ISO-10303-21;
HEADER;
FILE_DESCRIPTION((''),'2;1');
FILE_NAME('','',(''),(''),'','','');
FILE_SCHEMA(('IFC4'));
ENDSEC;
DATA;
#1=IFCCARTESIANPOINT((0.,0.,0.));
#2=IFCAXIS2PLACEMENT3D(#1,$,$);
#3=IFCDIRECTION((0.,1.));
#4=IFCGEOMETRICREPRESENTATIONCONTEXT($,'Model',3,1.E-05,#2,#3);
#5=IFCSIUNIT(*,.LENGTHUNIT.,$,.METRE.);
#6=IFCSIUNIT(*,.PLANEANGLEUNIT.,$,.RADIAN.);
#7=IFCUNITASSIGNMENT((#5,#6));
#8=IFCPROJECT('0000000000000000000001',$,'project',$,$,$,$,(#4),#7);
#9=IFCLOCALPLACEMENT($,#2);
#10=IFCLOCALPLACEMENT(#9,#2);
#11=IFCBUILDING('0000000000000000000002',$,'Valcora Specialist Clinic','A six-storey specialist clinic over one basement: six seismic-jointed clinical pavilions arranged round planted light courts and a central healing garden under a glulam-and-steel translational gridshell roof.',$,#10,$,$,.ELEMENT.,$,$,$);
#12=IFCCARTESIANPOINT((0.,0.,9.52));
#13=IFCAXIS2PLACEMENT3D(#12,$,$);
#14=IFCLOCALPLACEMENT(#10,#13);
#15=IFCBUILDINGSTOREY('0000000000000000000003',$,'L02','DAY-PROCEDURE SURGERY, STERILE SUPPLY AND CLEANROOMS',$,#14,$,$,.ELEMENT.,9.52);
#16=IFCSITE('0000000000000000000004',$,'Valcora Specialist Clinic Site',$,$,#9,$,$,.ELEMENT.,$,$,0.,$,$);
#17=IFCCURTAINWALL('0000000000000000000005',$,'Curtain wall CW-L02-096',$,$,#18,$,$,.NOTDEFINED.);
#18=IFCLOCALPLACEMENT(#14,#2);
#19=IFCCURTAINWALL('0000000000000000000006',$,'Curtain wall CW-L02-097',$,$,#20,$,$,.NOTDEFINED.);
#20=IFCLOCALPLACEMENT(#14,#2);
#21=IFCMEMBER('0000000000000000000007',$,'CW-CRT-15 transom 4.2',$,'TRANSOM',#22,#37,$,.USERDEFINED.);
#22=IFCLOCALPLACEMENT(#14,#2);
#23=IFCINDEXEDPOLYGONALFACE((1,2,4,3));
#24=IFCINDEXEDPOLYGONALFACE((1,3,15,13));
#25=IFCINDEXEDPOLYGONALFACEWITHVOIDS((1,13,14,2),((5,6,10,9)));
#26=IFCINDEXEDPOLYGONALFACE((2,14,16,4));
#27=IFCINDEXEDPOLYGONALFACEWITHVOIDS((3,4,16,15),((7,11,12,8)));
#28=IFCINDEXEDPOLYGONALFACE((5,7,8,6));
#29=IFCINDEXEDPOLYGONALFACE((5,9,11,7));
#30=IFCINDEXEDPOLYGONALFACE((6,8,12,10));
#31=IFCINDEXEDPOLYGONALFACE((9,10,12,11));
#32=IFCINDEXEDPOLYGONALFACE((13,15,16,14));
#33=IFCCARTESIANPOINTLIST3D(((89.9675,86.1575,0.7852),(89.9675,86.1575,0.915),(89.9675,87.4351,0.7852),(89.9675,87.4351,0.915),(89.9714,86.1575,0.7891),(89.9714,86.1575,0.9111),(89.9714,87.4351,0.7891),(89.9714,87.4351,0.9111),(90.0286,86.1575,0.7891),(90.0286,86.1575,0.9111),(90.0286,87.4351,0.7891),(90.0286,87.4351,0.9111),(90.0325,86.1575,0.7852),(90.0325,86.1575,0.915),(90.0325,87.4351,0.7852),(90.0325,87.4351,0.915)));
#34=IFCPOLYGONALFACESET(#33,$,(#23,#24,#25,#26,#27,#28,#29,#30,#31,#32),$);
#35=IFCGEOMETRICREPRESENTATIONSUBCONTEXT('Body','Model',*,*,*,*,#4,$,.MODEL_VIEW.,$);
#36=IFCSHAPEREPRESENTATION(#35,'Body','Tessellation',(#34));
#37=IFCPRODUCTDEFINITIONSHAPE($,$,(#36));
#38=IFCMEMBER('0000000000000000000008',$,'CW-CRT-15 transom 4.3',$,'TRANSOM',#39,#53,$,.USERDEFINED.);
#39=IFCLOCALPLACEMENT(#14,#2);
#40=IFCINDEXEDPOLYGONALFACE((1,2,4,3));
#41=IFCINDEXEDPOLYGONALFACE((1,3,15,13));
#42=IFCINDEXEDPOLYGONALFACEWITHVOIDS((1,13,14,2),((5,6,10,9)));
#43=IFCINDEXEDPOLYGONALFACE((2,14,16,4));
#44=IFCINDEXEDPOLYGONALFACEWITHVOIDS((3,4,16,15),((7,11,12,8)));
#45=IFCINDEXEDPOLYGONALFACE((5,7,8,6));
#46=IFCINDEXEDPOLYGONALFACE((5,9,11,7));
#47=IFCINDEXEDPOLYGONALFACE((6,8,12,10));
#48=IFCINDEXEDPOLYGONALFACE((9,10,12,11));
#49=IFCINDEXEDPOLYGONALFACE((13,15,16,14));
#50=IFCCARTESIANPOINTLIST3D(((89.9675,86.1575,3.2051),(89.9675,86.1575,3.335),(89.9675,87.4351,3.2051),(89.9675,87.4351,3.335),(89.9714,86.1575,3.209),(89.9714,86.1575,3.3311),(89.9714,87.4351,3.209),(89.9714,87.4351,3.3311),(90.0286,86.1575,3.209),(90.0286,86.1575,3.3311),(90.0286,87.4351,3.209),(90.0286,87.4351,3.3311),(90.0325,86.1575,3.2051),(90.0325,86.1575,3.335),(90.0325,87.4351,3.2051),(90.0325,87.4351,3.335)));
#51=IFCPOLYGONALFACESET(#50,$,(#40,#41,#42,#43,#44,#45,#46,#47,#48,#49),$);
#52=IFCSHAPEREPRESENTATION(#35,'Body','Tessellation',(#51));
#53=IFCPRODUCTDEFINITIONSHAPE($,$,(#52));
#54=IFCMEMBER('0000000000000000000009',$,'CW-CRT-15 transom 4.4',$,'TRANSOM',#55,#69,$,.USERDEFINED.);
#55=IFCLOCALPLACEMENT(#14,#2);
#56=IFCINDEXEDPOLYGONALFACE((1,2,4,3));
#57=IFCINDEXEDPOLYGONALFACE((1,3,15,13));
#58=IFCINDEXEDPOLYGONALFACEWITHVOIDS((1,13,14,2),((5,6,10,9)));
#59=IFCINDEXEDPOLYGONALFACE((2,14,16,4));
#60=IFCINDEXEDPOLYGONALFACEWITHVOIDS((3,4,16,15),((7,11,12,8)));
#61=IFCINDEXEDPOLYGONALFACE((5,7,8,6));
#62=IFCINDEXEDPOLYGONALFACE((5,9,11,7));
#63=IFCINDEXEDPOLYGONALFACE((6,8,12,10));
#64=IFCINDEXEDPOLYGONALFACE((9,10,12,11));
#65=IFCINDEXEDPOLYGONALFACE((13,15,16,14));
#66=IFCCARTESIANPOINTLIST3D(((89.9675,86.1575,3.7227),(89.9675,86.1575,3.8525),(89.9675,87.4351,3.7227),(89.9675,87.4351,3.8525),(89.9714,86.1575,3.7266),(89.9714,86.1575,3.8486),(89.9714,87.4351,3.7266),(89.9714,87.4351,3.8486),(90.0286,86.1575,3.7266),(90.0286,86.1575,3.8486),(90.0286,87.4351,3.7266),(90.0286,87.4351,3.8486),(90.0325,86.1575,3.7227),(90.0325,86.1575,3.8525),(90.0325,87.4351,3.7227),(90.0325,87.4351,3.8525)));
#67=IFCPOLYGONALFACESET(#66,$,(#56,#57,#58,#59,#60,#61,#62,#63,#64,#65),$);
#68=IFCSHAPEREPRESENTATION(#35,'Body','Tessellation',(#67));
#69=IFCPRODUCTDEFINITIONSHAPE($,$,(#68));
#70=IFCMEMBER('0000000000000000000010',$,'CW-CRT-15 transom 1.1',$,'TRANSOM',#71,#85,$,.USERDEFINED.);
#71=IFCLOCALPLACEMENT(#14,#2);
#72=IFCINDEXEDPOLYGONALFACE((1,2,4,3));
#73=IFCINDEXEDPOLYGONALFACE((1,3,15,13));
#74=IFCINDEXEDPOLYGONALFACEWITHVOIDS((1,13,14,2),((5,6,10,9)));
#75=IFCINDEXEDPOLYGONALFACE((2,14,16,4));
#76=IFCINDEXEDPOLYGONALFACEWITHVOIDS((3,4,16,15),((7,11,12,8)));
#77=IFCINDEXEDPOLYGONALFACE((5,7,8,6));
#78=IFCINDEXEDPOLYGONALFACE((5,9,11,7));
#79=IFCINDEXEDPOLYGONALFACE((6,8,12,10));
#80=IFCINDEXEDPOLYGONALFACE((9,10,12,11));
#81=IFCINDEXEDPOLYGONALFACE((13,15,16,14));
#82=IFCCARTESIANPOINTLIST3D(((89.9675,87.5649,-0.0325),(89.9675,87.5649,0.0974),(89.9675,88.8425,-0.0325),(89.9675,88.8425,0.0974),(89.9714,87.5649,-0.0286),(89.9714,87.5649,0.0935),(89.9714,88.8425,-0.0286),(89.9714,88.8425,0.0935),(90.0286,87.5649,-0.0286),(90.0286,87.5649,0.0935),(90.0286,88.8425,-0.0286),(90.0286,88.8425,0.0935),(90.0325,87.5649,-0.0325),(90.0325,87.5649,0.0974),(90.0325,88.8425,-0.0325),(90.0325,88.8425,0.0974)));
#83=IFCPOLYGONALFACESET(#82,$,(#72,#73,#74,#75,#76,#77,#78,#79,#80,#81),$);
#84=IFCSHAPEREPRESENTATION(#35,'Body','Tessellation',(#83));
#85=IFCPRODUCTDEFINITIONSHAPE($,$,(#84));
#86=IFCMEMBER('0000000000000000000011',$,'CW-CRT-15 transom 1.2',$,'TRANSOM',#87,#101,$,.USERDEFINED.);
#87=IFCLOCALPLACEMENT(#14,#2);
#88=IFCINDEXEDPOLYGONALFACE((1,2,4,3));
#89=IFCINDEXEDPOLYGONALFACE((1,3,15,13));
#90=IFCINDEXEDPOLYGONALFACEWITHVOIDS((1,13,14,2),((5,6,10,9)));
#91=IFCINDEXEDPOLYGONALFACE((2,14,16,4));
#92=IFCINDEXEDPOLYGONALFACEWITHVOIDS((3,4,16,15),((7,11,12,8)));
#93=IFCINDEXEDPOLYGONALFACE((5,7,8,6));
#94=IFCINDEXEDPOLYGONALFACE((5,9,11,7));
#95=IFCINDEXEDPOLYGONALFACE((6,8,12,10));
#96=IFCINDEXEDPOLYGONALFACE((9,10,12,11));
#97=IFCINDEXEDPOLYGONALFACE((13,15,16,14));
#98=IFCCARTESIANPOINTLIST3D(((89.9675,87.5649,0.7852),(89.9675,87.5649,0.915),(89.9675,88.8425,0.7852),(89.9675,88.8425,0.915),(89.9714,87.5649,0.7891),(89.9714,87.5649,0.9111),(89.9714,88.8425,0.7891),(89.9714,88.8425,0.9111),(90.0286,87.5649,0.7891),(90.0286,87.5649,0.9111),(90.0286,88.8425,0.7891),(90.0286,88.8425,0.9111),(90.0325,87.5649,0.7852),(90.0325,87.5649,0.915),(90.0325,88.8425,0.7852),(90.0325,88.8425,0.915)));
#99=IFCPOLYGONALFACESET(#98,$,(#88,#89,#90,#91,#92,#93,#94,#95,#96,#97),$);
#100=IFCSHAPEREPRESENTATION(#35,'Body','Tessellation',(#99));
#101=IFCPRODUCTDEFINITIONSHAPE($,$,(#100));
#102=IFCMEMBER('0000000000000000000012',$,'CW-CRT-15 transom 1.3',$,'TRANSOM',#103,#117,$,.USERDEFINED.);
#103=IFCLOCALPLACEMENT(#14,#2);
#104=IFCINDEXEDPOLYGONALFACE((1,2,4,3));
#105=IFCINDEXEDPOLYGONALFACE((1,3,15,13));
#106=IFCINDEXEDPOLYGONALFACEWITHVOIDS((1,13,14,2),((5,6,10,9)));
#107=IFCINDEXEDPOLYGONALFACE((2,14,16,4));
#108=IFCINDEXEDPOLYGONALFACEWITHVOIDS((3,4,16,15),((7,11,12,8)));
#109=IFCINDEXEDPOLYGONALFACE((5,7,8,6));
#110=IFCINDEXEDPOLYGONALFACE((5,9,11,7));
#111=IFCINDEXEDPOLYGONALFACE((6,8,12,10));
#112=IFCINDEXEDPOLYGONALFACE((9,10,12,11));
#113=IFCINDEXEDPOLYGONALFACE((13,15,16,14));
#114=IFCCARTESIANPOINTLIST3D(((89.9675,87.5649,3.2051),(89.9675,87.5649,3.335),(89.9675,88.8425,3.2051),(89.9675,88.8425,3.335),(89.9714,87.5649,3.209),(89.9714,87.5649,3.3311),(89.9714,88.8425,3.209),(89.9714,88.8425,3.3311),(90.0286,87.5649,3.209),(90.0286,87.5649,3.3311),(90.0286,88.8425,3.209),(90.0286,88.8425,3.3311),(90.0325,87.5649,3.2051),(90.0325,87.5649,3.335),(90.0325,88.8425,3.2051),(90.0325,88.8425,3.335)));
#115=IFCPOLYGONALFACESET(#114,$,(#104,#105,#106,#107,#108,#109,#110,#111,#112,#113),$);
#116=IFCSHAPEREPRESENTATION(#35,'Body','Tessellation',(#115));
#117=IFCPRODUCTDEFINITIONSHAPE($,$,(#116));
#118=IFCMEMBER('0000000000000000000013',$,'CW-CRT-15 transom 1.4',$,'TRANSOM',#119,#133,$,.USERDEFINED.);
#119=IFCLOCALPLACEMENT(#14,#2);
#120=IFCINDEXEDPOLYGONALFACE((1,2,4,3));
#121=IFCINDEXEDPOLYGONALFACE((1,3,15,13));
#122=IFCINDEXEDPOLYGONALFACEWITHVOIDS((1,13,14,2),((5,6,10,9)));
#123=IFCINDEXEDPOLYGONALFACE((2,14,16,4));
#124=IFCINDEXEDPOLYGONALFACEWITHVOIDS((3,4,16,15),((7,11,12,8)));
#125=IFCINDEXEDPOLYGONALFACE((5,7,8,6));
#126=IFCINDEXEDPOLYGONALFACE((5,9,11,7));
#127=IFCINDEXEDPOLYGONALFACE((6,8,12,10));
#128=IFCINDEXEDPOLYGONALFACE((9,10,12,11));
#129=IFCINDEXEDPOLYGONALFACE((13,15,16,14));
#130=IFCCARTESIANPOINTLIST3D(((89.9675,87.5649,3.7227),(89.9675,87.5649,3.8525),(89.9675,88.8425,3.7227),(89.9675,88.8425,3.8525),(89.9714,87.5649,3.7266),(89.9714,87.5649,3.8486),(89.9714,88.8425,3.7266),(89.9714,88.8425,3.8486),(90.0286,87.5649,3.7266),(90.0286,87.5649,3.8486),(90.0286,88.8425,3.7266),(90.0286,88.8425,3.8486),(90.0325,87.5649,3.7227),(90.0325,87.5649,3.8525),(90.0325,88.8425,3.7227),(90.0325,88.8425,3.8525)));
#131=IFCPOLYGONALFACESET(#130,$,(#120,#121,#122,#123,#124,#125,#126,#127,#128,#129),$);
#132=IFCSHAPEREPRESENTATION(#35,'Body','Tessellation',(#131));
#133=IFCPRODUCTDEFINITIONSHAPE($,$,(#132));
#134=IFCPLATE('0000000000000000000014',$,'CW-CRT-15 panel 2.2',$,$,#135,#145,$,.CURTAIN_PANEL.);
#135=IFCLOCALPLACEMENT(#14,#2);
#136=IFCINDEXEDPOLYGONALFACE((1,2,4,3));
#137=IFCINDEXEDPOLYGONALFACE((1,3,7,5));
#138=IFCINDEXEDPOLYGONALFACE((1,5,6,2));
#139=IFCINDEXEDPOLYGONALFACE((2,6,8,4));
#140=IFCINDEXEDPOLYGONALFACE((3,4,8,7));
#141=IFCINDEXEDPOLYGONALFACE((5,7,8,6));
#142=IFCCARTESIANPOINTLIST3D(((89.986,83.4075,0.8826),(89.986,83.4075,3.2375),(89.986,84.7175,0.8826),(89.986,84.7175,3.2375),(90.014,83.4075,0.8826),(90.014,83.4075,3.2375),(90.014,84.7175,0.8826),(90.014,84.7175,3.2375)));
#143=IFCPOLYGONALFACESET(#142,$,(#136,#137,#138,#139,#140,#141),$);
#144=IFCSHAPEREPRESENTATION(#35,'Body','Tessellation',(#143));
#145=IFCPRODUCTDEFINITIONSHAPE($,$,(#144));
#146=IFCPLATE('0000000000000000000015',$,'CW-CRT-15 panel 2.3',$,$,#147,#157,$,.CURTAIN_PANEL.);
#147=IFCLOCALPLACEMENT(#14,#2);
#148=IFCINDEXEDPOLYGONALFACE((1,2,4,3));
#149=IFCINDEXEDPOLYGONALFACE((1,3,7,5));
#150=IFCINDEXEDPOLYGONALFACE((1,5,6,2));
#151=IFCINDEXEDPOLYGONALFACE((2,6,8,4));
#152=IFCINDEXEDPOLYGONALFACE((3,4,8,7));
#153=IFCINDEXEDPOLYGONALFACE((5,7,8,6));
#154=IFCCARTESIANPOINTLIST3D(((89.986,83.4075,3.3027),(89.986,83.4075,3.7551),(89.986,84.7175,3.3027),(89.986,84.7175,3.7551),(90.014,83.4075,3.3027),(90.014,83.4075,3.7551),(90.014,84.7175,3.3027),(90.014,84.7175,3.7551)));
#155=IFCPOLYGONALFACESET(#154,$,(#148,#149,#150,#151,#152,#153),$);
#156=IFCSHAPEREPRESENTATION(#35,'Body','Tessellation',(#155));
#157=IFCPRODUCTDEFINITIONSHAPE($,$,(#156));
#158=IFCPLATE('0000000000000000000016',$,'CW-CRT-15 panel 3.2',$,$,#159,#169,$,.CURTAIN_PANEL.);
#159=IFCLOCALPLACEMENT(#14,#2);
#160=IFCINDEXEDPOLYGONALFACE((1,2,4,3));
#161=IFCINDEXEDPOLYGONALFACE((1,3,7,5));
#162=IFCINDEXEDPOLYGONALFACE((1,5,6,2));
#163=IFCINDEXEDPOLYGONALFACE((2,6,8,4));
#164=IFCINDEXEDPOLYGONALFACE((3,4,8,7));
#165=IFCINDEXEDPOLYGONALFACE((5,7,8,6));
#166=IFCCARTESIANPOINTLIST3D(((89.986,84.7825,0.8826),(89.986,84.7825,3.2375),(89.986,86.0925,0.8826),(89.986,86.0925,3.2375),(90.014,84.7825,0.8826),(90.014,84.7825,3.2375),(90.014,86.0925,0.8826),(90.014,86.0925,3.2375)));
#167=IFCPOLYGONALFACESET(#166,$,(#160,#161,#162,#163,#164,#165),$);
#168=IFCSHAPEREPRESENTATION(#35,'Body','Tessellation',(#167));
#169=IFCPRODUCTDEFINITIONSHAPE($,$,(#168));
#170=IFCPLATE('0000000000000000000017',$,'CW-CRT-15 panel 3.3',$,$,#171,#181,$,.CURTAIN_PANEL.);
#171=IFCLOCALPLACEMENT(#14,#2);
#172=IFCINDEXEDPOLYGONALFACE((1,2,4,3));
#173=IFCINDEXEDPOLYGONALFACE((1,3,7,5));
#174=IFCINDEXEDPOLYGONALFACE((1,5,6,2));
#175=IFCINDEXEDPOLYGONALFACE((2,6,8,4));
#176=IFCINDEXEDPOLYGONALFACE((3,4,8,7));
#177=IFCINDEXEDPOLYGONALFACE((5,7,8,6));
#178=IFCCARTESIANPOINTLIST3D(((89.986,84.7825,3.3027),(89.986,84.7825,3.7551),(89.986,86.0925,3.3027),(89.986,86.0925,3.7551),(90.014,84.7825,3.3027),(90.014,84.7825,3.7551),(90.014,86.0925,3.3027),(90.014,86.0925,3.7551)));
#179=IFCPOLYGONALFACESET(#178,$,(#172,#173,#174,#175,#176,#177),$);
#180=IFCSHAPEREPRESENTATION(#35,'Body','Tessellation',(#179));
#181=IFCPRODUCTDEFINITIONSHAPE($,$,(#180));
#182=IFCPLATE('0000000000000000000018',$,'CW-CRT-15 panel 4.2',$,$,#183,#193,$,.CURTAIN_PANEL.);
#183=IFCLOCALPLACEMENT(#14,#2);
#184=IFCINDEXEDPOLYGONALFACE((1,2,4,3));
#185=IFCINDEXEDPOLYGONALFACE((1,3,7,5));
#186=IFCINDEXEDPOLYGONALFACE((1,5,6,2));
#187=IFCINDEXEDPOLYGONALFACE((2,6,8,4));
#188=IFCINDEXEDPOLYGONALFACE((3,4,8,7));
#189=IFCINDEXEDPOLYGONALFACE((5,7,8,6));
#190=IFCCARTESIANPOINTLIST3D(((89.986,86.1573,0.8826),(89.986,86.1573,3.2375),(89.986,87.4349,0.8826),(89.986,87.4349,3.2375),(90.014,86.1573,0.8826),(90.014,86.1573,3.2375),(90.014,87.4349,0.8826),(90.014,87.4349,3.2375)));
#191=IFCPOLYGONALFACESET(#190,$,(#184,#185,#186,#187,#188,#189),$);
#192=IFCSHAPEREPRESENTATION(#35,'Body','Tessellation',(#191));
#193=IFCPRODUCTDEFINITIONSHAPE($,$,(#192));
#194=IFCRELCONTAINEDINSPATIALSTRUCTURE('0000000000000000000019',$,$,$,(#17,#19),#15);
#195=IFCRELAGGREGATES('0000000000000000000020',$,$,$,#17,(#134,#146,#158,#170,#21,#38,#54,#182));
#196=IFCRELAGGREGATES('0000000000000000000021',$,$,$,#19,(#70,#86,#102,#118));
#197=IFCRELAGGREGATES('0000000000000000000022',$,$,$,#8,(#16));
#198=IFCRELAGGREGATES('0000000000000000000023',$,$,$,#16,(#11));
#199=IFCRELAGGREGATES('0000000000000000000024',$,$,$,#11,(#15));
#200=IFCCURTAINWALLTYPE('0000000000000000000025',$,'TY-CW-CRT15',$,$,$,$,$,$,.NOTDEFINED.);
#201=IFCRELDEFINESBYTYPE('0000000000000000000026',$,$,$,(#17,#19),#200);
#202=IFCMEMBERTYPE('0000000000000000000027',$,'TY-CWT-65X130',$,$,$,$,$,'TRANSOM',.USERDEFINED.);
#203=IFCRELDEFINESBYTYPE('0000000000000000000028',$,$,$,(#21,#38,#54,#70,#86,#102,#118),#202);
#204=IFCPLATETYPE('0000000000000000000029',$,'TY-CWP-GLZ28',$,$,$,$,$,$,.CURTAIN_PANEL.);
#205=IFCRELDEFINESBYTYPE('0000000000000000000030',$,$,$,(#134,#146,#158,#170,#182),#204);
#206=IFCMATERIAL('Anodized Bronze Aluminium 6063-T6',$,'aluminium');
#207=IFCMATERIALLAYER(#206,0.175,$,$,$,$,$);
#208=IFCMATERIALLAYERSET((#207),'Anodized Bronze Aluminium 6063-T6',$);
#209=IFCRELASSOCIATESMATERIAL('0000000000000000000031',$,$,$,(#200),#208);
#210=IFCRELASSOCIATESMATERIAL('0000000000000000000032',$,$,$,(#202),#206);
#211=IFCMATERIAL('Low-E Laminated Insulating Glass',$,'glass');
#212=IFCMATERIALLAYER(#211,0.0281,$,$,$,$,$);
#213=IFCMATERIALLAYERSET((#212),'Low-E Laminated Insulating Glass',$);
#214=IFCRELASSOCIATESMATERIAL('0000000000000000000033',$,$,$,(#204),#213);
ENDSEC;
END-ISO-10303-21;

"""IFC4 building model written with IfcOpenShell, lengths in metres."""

from ifc_helpers import new_model, si_unit, direction, frame, origin, origin_2d, place, context, subcontext, project, spatial, rectangle, hollow_rectangle, extrude, material, layer, layer_set, material_profile, profile_set, type_object, element, aggregate, save


model = new_model("IFC4")

# Units and contexts
model_context = context("Model", 3, precision=1e-05, world=origin(), true_north=direction((0.0, 1.0)))
body_context = subcontext(model_context, "Body", "Model", "MODEL_VIEW")
ifc_project = project(units=[si_unit("LENGTHUNIT", "METRE"), si_unit("PLANEANGLEUNIT", "RADIAN")], contexts=[model_context])

# Site, building, storey
site_placement = place(None, origin())
site = spatial("IfcSite", under=ifc_project, at=site_placement, Name="Valcora Specialist Clinic Site", CompositionType="ELEMENT", RefElevation=0.0)
building_placement = place(site_placement, origin())
building = spatial("IfcBuilding", under=site, at=building_placement, Name="Valcora Specialist Clinic", Description="A six-storey specialist clinic over one basement: six seismic-jointed clinical pavilions arranged round planted light courts and a central healing garden under a glulam-and-steel translational gridshell roof.", CompositionType="ELEMENT")
storey_placement = place(building_placement, frame((0.0, 0.0, 9.52)))
storey = spatial("IfcBuildingStorey", under=building, at=storey_placement, Name="L02", Description="DAY-PROCEDURE SURGERY, STERILE SUPPLY AND CLEANROOMS", CompositionType="ELEMENT", Elevation=9.52)

# Curtain wall
ifc_material_1 = material(Name="Anodized Bronze Aluminium 6063-T6", Category="aluminium")
ifc_layer_1 = layer(ifc_material_1, 0.175)
ifc_layer_set_1 = layer_set([ifc_layer_1], Name="Anodized Bronze Aluminium 6063-T6")
curtain_wall_type = type_object("IfcCurtainWallType", Name="TY-CW-CRT15", PredefinedType="NOTDEFINED", material=ifc_layer_set_1)
curtain_wall_1_placement = place(storey_placement, origin())
curtain_wall_1 = element("IfcCurtainWall", 1, at=curtain_wall_1_placement, inside=storey, type_object=curtain_wall_type, Name="Curtain wall CW-L02-096", PredefinedType="NOTDEFINED")

# Curtain wall
curtain_wall_2_placement = place(storey_placement, origin())
curtain_wall_2 = element("IfcCurtainWall", 2, at=curtain_wall_2_placement, inside=storey, type_object=curtain_wall_type, Name="Curtain wall CW-L02-097", PredefinedType="NOTDEFINED")

# Members
ifc_material_profile_1 = material_profile(ifc_material_1, hollow_rectangle(XDim=0.0649, YDim=0.1299, WallThickness=0.0039, at=origin_2d()), Name="AL-TRN-65X130")
ifc_profile_set_1 = profile_set([ifc_material_profile_1], Name="Anodized Bronze Aluminium 6063-T6")
member_type_1 = type_object("IfcMemberType", Name="TY-CWT-65X130", ElementType="TRANSOM", PredefinedType="USERDEFINED", material=ifc_profile_set_1)
member_1_placement = place(storey_placement, frame((90.0, 86.1575, 0.8501), z_axis=(0.0, 1.0, 0.0), x_axis=(-1.0, 0.0, 0.0)))
member_1 = element("IfcMember", 3, at=member_1_placement, type_object=member_type_1, Name="CW-CRT-15 transom 4.2", ObjectType="TRANSOM", PredefinedType="USERDEFINED", context=body_context, shape_type="SweptSolid", body=[
    extrude(hollow_rectangle(XDim=0.0649, YDim=0.1299, WallThickness=0.0039, at=origin_2d()), origin(), (0.0, 0.0, 1.0), 1.2776),
])
member_2_placement = place(storey_placement, frame((90.0, 86.1575, 3.27), z_axis=(0.0, 1.0, 0.0), x_axis=(-1.0, 0.0, 0.0)))
member_2 = element("IfcMember", 4, at=member_2_placement, type_object=member_type_1, Name="CW-CRT-15 transom 4.3", ObjectType="TRANSOM", PredefinedType="USERDEFINED", context=body_context, shape_type="SweptSolid", body=[
    extrude(hollow_rectangle(XDim=0.0649, YDim=0.1299, WallThickness=0.0039, at=origin_2d()), origin(), (0.0, 0.0, 1.0), 1.2776),
])
member_3_placement = place(storey_placement, frame((90.0, 86.1575, 3.7876), z_axis=(0.0, 1.0, 0.0), x_axis=(-1.0, 0.0, 0.0)))
member_3 = element("IfcMember", 5, at=member_3_placement, type_object=member_type_1, Name="CW-CRT-15 transom 4.4", ObjectType="TRANSOM", PredefinedType="USERDEFINED", context=body_context, shape_type="SweptSolid", body=[
    extrude(hollow_rectangle(XDim=0.0649, YDim=0.1299, WallThickness=0.0039, at=origin_2d()), origin(), (0.0, 0.0, 1.0), 1.2776),
])
member_4_placement = place(storey_placement, frame((90.0, 87.5649, 0.0325), z_axis=(0.0, 1.0, 0.0), x_axis=(-1.0, 0.0, 0.0)))
member_4 = element("IfcMember", 6, at=member_4_placement, type_object=member_type_1, Name="CW-CRT-15 transom 1.1", ObjectType="TRANSOM", PredefinedType="USERDEFINED", context=body_context, shape_type="SweptSolid", body=[
    extrude(hollow_rectangle(XDim=0.0649, YDim=0.1299, WallThickness=0.0039, at=origin_2d()), origin(), (0.0, 0.0, 1.0), 1.2776),
])
member_5_placement = place(storey_placement, frame((90.0, 87.5649, 0.8501), z_axis=(0.0, 1.0, 0.0), x_axis=(-1.0, 0.0, 0.0)))
member_5 = element("IfcMember", 7, at=member_5_placement, type_object=member_type_1, Name="CW-CRT-15 transom 1.2", ObjectType="TRANSOM", PredefinedType="USERDEFINED", context=body_context, shape_type="SweptSolid", body=[
    extrude(hollow_rectangle(XDim=0.0649, YDim=0.1299, WallThickness=0.0039, at=origin_2d()), origin(), (0.0, 0.0, 1.0), 1.2776),
])
member_6_placement = place(storey_placement, frame((90.0, 87.5649, 3.27), z_axis=(0.0, 1.0, 0.0), x_axis=(-1.0, 0.0, 0.0)))
member_6 = element("IfcMember", 8, at=member_6_placement, type_object=member_type_1, Name="CW-CRT-15 transom 1.3", ObjectType="TRANSOM", PredefinedType="USERDEFINED", context=body_context, shape_type="SweptSolid", body=[
    extrude(hollow_rectangle(XDim=0.0649, YDim=0.1299, WallThickness=0.0039, at=origin_2d()), origin(), (0.0, 0.0, 1.0), 1.2776),
])
member_7_placement = place(storey_placement, frame((90.0, 87.5649, 3.7876), z_axis=(0.0, 1.0, 0.0), x_axis=(-1.0, 0.0, 0.0)))
member_7 = element("IfcMember", 9, at=member_7_placement, type_object=member_type_1, Name="CW-CRT-15 transom 1.4", ObjectType="TRANSOM", PredefinedType="USERDEFINED", context=body_context, shape_type="SweptSolid", body=[
    extrude(hollow_rectangle(XDim=0.0649, YDim=0.1299, WallThickness=0.0039, at=origin_2d()), origin(), (0.0, 0.0, 1.0), 1.2776),
])

# Plates
ifc_material_2 = material(Name="Low-E Laminated Insulating Glass", Category="glass")
ifc_layer_2 = layer(ifc_material_2, 0.0281)
ifc_layer_set_2 = layer_set([ifc_layer_2], Name="Low-E Laminated Insulating Glass")
plate_type_1 = type_object("IfcPlateType", Name="TY-CWP-GLZ28", PredefinedType="CURTAIN_PANEL", material=ifc_layer_set_2)
plate_1_placement = place(storey_placement, frame((90.0, 84.0625, 0.8826), z_axis=(0.0, 0.0, 1.0), x_axis=(0.0, 1.0, 0.0)))
plate_1 = element("IfcPlate", 10, at=plate_1_placement, type_object=plate_type_1, Name="CW-CRT-15 panel 2.2", PredefinedType="CURTAIN_PANEL", context=body_context, shape_type="SweptSolid", body=[
    extrude(rectangle(XDim=1.3101, YDim=0.0281, at=origin_2d()), origin(), (0.0, 0.0, 1.0), 2.355),
])
plate_2_placement = place(storey_placement, frame((90.0, 84.0625, 3.3027), z_axis=(0.0, 0.0, 1.0), x_axis=(0.0, 1.0, 0.0)))
plate_2 = element("IfcPlate", 11, at=plate_2_placement, type_object=plate_type_1, Name="CW-CRT-15 panel 2.3", PredefinedType="CURTAIN_PANEL", context=body_context, shape_type="SweptSolid", body=[
    extrude(rectangle(XDim=1.3101, YDim=0.0281, at=origin_2d()), origin(), (0.0, 0.0, 1.0), 0.4524),
])
plate_3_placement = place(storey_placement, frame((90.0, 85.4375, 0.8826), z_axis=(0.0, 0.0, 1.0), x_axis=(0.0, 1.0, 0.0)))
plate_3 = element("IfcPlate", 12, at=plate_3_placement, type_object=plate_type_1, Name="CW-CRT-15 panel 3.2", PredefinedType="CURTAIN_PANEL", context=body_context, shape_type="SweptSolid", body=[
    extrude(rectangle(XDim=1.3101, YDim=0.0281, at=origin_2d()), origin(), (0.0, 0.0, 1.0), 2.355),
])
plate_4_placement = place(storey_placement, frame((90.0, 85.4375, 3.3027), z_axis=(0.0, 0.0, 1.0), x_axis=(0.0, 1.0, 0.0)))
plate_4 = element("IfcPlate", 13, at=plate_4_placement, type_object=plate_type_1, Name="CW-CRT-15 panel 3.3", PredefinedType="CURTAIN_PANEL", context=body_context, shape_type="SweptSolid", body=[
    extrude(rectangle(XDim=1.3101, YDim=0.0281, at=origin_2d()), origin(), (0.0, 0.0, 1.0), 0.4524),
])
plate_5_placement = place(storey_placement, frame((90.0, 86.7961, 0.8826), z_axis=(0.0, 0.0, 1.0), x_axis=(0.0, 1.0, 0.0)))
plate_5 = element("IfcPlate", 14, at=plate_5_placement, type_object=plate_type_1, Name="CW-CRT-15 panel 4.2", PredefinedType="CURTAIN_PANEL", context=body_context, shape_type="SweptSolid", body=[
    extrude(rectangle(XDim=1.2776, YDim=0.0281, at=origin_2d()), origin(), (0.0, 0.0, 1.0), 2.355),
])
aggregate(curtain_wall_1, [plate_1, plate_2, plate_3, plate_4, member_1, member_2, member_3, plate_5])
aggregate(curtain_wall_2, [member_4, member_5, member_6, member_7])

save(model, "model.ifc")
